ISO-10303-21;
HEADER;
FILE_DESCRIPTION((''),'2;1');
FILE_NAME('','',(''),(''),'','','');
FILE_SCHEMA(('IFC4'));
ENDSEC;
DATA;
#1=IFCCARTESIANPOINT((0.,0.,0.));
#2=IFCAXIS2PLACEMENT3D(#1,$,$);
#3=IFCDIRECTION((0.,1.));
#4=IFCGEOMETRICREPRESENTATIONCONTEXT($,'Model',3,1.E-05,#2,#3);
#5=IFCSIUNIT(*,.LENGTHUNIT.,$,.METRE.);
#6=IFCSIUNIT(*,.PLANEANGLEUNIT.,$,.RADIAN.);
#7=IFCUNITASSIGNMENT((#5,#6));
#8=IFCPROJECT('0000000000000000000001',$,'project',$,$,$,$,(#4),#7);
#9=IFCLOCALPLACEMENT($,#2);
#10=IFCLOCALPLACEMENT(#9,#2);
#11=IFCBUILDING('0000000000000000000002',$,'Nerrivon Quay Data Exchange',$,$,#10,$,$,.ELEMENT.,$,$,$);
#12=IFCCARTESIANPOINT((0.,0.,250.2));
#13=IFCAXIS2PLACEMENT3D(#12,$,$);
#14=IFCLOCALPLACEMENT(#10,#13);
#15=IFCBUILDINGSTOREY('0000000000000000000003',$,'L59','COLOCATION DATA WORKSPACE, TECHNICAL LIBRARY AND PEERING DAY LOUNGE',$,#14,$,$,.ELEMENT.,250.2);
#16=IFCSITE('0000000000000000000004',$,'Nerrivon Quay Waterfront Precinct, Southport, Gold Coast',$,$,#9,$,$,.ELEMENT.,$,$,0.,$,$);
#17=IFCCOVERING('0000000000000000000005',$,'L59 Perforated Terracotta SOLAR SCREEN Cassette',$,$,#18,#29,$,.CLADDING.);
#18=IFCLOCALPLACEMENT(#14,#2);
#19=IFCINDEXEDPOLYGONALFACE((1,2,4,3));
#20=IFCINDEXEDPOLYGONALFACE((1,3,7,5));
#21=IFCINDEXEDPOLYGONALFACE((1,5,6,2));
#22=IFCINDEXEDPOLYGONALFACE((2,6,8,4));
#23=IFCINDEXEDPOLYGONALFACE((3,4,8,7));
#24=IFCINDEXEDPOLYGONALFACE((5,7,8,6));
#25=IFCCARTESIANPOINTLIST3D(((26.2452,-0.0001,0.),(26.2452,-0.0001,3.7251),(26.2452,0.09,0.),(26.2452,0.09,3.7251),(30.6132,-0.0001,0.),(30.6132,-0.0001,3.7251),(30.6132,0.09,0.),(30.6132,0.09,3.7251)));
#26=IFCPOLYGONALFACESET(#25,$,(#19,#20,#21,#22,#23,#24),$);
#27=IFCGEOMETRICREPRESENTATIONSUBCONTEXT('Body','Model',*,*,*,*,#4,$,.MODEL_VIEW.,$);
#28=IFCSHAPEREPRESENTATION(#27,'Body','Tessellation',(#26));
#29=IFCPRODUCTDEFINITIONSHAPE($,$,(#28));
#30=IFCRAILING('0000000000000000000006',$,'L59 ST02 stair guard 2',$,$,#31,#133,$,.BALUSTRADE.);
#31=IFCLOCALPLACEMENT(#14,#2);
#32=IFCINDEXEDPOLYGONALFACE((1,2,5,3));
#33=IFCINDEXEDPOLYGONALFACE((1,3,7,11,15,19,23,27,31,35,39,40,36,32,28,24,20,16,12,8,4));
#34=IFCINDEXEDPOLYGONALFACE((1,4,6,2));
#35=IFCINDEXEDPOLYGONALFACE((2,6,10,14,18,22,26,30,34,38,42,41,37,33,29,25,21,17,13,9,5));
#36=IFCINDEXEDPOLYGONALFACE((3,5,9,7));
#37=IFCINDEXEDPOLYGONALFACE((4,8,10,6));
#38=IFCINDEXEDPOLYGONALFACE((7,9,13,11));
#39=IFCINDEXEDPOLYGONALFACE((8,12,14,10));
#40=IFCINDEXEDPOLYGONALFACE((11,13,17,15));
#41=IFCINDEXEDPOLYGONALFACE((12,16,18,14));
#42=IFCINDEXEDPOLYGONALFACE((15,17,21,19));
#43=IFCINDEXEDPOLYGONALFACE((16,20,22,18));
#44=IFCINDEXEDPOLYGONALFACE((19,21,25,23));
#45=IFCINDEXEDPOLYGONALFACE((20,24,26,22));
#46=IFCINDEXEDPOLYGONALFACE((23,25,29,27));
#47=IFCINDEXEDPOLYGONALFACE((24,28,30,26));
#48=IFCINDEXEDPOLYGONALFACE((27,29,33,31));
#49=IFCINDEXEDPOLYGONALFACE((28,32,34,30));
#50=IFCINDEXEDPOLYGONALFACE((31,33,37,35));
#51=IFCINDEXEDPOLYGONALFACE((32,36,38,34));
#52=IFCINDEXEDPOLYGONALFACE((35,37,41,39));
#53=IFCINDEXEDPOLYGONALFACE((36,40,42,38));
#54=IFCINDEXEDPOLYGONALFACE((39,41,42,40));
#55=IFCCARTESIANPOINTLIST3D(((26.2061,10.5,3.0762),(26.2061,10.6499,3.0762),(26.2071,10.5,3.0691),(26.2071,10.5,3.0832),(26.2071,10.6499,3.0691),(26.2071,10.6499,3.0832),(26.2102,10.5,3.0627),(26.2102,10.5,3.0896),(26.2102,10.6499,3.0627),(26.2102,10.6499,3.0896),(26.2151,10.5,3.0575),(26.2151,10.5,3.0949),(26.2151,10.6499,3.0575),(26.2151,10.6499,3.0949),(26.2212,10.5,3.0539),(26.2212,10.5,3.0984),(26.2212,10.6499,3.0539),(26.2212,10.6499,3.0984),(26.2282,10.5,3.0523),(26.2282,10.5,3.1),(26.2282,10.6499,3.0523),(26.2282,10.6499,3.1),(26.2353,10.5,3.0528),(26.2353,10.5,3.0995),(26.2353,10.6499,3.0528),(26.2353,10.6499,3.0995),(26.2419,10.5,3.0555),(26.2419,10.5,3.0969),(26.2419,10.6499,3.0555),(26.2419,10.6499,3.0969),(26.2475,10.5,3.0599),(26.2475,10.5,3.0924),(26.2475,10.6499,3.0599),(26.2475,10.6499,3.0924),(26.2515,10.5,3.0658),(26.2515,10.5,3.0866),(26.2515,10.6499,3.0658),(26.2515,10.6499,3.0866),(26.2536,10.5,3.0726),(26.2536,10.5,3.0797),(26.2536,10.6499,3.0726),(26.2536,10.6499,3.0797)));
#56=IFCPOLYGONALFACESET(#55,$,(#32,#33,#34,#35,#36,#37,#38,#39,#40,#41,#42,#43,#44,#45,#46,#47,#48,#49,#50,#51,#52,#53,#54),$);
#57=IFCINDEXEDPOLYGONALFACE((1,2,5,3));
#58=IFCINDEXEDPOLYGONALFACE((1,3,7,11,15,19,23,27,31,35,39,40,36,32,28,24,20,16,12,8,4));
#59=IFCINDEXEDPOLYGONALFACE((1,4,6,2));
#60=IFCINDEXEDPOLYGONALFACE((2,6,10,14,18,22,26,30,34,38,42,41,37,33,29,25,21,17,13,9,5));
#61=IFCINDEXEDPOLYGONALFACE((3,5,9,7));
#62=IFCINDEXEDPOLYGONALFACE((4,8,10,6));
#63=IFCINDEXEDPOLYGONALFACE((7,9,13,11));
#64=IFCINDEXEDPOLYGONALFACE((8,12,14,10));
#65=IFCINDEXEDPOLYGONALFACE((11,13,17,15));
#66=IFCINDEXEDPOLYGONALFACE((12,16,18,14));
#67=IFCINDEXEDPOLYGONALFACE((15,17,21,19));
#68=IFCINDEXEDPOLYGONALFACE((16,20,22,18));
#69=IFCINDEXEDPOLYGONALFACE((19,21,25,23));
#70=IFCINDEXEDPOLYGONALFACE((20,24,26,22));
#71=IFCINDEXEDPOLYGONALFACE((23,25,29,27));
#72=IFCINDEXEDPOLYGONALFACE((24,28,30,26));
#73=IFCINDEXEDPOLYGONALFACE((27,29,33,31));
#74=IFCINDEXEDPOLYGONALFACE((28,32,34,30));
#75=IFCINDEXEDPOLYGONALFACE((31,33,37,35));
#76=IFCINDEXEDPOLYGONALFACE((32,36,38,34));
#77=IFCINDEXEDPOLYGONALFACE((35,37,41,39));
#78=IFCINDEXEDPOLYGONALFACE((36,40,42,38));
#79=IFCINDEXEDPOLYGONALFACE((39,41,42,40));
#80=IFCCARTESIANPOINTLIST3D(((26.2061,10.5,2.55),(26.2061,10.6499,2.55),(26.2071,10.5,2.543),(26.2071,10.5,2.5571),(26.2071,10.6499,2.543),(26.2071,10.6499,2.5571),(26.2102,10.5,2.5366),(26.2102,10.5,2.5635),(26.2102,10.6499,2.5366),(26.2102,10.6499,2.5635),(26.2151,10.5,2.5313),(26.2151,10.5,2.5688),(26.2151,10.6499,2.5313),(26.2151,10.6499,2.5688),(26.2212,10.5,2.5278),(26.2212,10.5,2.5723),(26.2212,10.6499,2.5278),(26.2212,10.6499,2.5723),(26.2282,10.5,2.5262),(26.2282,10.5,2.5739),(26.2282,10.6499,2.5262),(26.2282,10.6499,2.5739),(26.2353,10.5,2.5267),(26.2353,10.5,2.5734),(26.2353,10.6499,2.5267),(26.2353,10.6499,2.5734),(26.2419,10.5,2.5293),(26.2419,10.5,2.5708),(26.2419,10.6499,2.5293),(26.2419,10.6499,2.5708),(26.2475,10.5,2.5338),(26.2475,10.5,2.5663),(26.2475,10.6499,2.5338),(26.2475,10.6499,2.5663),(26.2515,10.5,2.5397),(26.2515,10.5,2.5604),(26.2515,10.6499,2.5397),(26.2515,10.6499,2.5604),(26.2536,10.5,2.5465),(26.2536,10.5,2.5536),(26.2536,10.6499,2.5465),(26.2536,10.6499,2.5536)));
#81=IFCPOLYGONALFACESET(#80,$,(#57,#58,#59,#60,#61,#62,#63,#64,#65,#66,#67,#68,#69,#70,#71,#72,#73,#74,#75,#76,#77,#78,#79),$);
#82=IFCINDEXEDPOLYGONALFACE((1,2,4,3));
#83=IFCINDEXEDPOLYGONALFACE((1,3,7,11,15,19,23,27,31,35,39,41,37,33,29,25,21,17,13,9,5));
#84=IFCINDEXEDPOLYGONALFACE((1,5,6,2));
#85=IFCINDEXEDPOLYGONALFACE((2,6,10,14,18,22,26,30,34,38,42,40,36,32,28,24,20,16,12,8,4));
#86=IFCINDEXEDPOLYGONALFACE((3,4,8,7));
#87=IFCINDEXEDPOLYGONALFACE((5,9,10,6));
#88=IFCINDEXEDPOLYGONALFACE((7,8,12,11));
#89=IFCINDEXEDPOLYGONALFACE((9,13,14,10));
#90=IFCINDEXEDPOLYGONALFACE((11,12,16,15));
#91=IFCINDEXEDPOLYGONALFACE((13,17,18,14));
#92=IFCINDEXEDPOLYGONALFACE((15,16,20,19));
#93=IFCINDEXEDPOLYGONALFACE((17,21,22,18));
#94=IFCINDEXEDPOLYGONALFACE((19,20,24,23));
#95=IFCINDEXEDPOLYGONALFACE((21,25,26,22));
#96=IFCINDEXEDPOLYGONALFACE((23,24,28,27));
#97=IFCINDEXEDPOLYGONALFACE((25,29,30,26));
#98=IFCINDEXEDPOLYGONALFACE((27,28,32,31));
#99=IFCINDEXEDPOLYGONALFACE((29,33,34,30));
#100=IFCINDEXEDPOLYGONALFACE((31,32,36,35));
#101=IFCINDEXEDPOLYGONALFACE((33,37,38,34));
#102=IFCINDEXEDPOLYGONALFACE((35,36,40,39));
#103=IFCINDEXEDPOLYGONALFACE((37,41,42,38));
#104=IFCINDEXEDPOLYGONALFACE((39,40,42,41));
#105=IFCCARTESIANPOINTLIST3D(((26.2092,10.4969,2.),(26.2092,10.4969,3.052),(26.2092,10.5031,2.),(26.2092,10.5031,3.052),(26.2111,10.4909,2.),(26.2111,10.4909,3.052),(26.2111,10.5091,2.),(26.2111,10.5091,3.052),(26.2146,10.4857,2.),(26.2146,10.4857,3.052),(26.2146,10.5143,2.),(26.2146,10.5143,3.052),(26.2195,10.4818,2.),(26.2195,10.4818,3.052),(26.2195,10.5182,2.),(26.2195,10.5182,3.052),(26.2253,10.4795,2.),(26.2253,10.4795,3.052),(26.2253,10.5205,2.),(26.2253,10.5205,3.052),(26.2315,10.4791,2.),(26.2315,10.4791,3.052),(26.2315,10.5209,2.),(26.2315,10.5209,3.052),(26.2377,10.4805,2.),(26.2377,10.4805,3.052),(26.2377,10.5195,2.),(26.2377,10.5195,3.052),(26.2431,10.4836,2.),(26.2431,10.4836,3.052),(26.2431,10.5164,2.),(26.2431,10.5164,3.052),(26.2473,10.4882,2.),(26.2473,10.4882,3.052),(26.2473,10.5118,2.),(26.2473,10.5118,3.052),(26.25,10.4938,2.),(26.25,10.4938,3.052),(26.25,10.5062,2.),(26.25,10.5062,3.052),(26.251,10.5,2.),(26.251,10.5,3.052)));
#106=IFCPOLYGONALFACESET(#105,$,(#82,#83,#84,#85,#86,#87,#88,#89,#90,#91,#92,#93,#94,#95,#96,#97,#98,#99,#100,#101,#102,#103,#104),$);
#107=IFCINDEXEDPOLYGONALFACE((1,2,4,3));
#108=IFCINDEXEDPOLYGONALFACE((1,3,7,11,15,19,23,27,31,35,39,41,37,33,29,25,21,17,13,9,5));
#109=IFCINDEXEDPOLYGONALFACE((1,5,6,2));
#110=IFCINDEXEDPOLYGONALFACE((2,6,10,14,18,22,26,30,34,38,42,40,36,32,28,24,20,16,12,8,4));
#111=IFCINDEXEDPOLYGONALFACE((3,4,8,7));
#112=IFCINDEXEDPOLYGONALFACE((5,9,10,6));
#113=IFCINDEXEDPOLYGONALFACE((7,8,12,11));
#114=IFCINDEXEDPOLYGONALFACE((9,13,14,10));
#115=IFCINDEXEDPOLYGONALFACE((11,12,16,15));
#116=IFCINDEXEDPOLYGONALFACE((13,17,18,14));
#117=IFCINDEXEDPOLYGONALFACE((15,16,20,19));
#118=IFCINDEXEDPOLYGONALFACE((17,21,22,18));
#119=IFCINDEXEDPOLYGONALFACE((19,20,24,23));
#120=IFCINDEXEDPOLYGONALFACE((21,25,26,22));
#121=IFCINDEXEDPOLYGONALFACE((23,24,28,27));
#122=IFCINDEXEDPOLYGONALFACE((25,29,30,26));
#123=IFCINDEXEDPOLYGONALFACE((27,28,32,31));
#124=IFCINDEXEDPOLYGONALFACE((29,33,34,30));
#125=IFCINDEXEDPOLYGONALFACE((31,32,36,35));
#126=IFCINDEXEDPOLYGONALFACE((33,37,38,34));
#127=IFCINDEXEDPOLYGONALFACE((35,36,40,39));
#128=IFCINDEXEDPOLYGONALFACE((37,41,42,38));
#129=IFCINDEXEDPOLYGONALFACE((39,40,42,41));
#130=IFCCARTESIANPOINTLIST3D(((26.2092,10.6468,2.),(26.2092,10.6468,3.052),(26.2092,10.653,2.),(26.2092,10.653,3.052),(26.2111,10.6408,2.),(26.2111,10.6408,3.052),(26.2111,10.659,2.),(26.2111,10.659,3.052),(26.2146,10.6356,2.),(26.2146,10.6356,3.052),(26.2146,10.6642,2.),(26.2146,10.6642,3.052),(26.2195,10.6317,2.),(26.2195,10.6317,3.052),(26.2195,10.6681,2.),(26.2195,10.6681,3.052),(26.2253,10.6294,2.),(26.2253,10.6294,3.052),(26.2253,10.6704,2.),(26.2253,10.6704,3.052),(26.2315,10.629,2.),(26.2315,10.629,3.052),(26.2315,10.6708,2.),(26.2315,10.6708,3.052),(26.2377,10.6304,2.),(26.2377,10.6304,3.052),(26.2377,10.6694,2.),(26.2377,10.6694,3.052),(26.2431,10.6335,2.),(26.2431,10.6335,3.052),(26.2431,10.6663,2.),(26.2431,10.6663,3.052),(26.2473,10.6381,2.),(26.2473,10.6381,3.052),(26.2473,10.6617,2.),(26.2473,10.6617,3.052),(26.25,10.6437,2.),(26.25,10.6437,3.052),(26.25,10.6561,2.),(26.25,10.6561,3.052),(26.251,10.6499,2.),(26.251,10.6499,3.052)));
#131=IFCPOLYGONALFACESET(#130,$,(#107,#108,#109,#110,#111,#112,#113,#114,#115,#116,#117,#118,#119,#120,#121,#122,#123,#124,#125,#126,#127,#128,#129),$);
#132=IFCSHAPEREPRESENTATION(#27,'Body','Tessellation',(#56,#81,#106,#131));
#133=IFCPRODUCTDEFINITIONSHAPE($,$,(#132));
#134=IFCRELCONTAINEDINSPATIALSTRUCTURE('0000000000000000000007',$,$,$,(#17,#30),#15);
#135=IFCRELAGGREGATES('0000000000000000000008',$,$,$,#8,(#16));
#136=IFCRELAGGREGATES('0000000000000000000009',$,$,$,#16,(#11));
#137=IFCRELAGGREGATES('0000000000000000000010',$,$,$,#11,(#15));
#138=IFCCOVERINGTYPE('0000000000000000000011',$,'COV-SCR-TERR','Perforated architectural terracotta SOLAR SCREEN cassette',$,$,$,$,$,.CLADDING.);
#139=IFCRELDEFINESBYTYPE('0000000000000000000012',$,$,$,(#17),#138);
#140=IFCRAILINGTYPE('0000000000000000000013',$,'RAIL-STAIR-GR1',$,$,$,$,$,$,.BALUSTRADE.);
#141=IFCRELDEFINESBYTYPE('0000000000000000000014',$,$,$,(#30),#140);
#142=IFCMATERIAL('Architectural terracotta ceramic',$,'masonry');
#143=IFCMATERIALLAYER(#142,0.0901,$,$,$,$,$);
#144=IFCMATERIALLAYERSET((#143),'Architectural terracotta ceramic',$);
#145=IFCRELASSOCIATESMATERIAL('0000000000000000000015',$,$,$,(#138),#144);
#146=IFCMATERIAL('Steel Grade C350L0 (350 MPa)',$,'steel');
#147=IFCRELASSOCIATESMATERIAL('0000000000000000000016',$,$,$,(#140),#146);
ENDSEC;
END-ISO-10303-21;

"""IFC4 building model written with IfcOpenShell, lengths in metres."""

from ifc_helpers import new_model, si_unit, direction, frame, origin, origin_2d, place, context, subcontext, project, spatial, rectangle, circle, extrude, material, layer, layer_set, type_object, element, save


model = new_model("IFC4")

# Units and contexts
model_context = context("Model", 3, precision=1e-05, world=origin(), true_north=direction((0.0, 1.0)))
body_context = subcontext(model_context, "Body", "Model", "MODEL_VIEW")
ifc_project = project(units=[si_unit("LENGTHUNIT", "METRE"), si_unit("PLANEANGLEUNIT", "RADIAN")], contexts=[model_context])

# Site, building, storey
site_placement = place(None, origin())
site = spatial("IfcSite", under=ifc_project, at=site_placement, Name="Nerrivon Quay Waterfront Precinct, Southport, Gold Coast", CompositionType="ELEMENT", RefElevation=0.0)
building_placement = place(site_placement, origin())
building = spatial("IfcBuilding", under=site, at=building_placement, Name="Nerrivon Quay Data Exchange", CompositionType="ELEMENT")
storey_placement = place(building_placement, frame((0.0, 0.0, 250.2)))
storey = spatial("IfcBuildingStorey", under=building, at=storey_placement, Name="L59", Description="COLOCATION DATA WORKSPACE, TECHNICAL LIBRARY AND PEERING DAY LOUNGE", CompositionType="ELEMENT", Elevation=250.2)

# Covering
ifc_material_1 = material(Name="Architectural terracotta ceramic", Category="masonry")
ifc_layer_1 = layer(ifc_material_1, 0.0901)
ifc_layer_set_1 = layer_set([ifc_layer_1], Name="Architectural terracotta ceramic")
covering_type = type_object("IfcCoveringType", Name="COV-SCR-TERR", Description="Perforated architectural terracotta SOLAR SCREEN cassette", PredefinedType="CLADDING", material=ifc_layer_set_1)
covering_placement = place(storey_placement, frame((28.4292, 0.0449, 0.0), z_axis=(0.0, 0.0, 1.0), x_axis=(-1.0, 0.0, 0.0)))
element("IfcCovering", 1, at=covering_placement, inside=storey, type_object=covering_type, Name="L59 Perforated Terracotta SOLAR SCREEN Cassette", PredefinedType="CLADDING", context=body_context, shape_type="SweptSolid", body=[
    extrude(rectangle(XDim=4.3679, YDim=0.0901, at=origin_2d()), origin(), (0.0, 0.0, 1.0), 3.7251),
])

# Railing
ifc_material_2 = material(Name="Steel Grade C350L0 (350 MPa)", Category="steel")
railing_type = type_object("IfcRailingType", Name="RAIL-STAIR-GR1", PredefinedType="BALUSTRADE", material=ifc_material_2)
railing_placement = place(storey_placement, frame((26.23, 10.5, 2.0)))
element("IfcRailing", 2, at=railing_placement, inside=storey, type_object=railing_type, Name="L59 ST02 stair guard 2", PredefinedType="BALUSTRADE", context=body_context, shape_type="SweptSolid", body=[
    extrude(circle(Radius=0.0239, at=origin_2d()), frame((0.0, 0.0, 1.0762), z_axis=(0.0, 1.0, 0.0), x_axis=(-1.0, 0.0, 0.0)), (0.0, 0.0, 1.0), 0.1499),
    extrude(circle(Radius=0.0239, at=origin_2d()), frame((0.0, 0.0, 0.55), z_axis=(0.0, 1.0, 0.0), x_axis=(-1.0, 0.0, 0.0)), (0.0, 0.0, 1.0), 0.1499),
    extrude(circle(Radius=0.021, at=origin_2d()), origin(), (0.0, 0.0, 1.0), 1.052),
    extrude(circle(Radius=0.021, at=origin_2d()), frame((0.0, 0.1499, 0.0)), (0.0, 0.0, 1.0), 1.052),
])

save(model, "model.ifc")
